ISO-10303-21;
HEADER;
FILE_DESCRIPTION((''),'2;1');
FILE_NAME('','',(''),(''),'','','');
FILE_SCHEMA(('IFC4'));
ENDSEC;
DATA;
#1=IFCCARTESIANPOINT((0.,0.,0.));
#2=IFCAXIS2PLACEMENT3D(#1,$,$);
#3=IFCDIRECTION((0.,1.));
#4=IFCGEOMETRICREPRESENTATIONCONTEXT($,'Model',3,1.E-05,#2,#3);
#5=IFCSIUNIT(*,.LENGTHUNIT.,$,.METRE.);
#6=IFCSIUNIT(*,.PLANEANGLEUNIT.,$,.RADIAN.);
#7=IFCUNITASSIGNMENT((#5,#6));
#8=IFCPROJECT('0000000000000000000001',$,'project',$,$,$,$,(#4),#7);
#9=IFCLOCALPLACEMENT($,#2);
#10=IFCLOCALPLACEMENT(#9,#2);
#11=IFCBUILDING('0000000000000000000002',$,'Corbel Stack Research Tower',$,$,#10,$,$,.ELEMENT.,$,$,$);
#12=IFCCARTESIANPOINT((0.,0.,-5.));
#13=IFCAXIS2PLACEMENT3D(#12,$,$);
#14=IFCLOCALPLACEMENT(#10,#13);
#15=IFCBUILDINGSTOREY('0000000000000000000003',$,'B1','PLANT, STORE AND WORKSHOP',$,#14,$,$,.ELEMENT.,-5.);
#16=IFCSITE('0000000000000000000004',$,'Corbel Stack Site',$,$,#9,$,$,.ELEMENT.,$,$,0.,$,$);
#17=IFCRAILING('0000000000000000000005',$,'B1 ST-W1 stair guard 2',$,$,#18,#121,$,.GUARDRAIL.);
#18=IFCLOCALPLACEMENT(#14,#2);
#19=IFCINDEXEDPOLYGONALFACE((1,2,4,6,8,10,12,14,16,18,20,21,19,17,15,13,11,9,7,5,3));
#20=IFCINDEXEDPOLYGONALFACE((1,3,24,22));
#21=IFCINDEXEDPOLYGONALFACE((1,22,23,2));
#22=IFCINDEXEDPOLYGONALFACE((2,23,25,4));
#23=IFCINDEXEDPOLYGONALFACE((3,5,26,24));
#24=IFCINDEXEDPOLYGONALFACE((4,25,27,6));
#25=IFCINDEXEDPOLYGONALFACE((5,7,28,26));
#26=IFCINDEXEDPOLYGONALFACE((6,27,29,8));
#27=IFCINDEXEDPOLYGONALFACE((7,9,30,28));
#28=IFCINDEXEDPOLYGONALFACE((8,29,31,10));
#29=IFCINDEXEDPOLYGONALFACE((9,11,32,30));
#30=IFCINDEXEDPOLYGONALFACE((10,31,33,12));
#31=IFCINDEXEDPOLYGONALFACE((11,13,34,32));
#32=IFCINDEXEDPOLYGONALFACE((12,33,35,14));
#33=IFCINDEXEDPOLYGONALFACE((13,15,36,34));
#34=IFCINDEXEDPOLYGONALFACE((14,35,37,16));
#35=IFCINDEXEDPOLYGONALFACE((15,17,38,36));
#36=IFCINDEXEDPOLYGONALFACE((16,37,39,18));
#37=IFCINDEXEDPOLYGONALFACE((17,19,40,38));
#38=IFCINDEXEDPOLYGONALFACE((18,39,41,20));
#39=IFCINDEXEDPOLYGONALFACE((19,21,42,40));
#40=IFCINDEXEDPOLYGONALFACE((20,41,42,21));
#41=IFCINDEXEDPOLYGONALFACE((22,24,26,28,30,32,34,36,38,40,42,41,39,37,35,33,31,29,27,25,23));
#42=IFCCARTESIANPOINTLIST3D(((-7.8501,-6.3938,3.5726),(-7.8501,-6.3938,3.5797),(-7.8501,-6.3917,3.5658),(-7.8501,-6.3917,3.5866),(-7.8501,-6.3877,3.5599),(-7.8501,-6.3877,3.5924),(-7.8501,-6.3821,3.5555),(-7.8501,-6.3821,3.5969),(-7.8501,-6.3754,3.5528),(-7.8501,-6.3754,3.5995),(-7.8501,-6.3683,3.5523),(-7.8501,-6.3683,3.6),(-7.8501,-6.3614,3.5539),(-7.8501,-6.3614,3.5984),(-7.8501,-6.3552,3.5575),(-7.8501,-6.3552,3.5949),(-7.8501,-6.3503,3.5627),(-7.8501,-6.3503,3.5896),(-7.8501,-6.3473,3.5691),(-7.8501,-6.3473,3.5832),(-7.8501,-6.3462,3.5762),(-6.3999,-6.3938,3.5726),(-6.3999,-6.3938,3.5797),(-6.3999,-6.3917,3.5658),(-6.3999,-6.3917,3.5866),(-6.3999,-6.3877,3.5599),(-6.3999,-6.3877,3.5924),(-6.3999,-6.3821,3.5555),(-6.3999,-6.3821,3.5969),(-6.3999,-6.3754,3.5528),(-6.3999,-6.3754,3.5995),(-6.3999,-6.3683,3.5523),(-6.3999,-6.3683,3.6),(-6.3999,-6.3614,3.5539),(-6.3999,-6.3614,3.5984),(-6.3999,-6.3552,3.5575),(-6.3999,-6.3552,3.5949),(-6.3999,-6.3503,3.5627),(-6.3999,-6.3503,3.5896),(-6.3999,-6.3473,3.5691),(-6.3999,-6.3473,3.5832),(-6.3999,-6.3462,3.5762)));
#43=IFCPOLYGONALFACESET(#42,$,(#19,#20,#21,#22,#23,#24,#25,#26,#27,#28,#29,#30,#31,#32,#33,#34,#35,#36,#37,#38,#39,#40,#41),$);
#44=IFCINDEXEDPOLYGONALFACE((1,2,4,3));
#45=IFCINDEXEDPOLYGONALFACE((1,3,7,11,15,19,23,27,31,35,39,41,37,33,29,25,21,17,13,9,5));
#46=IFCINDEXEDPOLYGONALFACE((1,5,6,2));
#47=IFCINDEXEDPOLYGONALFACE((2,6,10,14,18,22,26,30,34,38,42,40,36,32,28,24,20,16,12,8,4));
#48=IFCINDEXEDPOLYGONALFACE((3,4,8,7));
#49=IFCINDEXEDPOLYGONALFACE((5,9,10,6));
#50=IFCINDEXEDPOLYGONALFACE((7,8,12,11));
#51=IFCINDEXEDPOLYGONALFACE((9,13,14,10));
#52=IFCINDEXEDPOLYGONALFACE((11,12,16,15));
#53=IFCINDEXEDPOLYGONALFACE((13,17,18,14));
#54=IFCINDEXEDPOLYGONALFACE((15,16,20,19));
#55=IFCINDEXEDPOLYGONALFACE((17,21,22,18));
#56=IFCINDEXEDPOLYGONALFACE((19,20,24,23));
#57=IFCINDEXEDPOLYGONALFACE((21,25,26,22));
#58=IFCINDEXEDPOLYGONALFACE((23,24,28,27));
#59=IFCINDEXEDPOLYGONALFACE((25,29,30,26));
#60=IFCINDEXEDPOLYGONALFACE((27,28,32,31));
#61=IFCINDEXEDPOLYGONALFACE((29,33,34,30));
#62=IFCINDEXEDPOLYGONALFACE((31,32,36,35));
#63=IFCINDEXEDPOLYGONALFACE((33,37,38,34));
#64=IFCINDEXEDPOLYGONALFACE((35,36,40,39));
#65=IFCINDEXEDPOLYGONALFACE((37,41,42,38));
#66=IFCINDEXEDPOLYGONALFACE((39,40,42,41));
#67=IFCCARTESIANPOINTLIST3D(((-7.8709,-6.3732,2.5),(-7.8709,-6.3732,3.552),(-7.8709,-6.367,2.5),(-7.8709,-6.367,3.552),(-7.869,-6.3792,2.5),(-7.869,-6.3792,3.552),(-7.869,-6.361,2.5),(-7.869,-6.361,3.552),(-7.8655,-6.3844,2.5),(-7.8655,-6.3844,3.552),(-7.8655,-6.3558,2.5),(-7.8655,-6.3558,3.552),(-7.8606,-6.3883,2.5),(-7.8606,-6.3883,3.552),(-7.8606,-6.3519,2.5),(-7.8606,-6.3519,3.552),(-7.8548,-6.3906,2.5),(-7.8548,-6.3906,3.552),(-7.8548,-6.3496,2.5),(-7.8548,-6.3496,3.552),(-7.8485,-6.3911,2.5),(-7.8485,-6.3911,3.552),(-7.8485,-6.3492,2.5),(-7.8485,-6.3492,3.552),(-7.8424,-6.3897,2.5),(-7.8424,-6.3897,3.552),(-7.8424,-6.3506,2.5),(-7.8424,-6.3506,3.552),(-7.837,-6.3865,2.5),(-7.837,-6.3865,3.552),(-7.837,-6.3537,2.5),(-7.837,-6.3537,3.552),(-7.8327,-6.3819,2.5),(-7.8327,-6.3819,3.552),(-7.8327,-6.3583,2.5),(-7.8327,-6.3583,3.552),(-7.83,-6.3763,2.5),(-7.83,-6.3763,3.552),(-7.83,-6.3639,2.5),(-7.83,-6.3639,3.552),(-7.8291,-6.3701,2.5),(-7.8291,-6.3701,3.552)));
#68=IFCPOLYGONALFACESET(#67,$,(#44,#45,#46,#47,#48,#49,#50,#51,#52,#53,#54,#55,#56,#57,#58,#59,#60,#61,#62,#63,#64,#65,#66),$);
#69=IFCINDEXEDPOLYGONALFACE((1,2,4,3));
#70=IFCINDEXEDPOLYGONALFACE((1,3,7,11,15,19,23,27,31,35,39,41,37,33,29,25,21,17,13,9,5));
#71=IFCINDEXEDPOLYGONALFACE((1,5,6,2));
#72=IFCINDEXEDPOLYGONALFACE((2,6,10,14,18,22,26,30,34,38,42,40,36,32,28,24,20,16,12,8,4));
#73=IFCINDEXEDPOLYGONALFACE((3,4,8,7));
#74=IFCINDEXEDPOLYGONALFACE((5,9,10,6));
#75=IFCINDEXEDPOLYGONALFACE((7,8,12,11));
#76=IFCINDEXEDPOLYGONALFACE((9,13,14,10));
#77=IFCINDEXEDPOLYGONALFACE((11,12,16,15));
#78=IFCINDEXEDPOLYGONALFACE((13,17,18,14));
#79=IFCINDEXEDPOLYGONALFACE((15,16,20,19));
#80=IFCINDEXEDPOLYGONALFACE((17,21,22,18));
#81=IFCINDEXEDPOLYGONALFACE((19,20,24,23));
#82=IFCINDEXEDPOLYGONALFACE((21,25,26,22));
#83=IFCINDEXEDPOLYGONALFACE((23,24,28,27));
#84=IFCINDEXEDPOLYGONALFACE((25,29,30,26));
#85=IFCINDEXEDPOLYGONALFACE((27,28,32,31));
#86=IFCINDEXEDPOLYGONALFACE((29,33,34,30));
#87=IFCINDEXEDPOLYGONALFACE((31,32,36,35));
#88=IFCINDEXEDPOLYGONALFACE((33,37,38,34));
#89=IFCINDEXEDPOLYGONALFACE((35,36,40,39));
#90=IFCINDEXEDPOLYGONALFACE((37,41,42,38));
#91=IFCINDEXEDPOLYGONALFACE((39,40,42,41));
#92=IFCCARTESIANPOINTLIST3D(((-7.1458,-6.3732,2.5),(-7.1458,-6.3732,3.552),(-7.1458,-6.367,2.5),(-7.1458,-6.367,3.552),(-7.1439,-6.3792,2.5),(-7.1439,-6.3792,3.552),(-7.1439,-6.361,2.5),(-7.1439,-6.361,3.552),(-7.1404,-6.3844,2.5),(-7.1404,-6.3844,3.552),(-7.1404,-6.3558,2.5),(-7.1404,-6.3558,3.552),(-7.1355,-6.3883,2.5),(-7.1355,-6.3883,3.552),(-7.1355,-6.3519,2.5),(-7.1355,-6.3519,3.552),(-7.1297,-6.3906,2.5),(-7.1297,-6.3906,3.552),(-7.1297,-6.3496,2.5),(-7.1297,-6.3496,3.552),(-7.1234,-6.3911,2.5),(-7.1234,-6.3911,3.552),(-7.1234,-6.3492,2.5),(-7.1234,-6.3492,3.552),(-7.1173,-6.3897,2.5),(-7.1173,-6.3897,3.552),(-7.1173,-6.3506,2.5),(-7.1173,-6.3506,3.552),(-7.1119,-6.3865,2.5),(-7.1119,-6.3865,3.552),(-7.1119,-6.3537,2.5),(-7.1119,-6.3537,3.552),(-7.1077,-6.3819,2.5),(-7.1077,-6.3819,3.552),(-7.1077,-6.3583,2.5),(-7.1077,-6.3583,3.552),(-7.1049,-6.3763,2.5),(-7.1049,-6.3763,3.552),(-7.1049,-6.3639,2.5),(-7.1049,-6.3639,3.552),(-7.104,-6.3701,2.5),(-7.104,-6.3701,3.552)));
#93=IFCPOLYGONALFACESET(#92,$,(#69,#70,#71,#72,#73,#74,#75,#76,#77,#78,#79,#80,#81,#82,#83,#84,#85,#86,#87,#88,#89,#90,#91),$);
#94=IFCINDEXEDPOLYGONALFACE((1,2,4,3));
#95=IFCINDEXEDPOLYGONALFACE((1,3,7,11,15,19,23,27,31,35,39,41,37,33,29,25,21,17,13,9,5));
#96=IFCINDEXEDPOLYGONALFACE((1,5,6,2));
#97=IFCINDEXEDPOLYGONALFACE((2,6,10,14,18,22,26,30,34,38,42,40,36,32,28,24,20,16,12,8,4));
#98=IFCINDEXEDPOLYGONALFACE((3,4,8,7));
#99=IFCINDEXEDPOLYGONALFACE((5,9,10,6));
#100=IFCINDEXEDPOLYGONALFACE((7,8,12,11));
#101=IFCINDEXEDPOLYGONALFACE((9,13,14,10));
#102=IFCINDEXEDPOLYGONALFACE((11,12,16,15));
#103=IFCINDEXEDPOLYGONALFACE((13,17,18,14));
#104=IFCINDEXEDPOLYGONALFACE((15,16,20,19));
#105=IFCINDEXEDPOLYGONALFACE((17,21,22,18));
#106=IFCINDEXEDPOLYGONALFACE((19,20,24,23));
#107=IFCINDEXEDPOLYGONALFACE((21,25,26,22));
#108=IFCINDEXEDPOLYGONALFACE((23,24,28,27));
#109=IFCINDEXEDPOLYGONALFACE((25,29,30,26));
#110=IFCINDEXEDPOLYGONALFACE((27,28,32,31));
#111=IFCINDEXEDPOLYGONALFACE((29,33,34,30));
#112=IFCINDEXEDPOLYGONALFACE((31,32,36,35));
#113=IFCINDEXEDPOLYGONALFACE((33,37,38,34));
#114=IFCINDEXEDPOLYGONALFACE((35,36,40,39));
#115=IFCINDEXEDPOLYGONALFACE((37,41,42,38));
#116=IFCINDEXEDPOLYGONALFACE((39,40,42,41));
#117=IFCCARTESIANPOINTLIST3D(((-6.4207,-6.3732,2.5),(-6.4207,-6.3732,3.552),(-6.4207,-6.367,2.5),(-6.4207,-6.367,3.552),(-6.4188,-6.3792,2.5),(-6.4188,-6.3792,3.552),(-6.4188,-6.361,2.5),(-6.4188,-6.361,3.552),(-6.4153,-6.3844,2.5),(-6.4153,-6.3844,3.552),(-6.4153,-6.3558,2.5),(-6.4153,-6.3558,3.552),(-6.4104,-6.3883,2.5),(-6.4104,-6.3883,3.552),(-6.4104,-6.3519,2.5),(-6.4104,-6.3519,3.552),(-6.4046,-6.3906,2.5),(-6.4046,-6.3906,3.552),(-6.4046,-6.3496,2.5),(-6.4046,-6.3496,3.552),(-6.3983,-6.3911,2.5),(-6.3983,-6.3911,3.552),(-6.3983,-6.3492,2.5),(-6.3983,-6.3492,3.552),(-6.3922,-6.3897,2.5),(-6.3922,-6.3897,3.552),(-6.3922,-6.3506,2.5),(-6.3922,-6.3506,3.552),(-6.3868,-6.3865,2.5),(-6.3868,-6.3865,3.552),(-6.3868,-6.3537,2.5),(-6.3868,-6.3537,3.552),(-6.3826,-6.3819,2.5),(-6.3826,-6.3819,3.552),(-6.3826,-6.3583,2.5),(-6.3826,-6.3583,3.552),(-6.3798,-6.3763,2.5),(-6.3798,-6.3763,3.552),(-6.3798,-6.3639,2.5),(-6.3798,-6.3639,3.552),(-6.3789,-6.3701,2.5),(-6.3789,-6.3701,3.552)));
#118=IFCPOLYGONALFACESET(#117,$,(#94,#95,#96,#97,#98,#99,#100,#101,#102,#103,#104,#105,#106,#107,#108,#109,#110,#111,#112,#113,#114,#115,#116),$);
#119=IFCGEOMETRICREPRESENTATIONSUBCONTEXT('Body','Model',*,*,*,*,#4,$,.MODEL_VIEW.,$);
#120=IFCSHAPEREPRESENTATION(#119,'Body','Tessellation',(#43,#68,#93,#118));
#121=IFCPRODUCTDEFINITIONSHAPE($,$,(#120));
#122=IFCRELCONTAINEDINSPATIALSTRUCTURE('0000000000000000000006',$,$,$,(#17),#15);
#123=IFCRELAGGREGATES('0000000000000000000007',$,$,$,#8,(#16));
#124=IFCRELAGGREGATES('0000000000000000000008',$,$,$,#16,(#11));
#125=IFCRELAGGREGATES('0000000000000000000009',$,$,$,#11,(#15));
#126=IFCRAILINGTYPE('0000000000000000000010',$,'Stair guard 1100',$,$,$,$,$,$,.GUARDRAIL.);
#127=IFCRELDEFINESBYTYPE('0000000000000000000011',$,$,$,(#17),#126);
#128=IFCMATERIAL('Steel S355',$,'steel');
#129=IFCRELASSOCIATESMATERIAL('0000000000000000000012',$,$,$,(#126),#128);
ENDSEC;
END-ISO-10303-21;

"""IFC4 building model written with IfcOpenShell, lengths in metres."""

from ifc_helpers import new_model, si_unit, direction, frame, origin, origin_2d, place, context, subcontext, project, spatial, circle, extrude, material, type_object, element, save


model = new_model("IFC4")

# Units and contexts
model_context = context("Model", 3, precision=1e-05, world=origin(), true_north=direction((0.0, 1.0)))
body_context = subcontext(model_context, "Body", "Model", "MODEL_VIEW")
ifc_project = project(units=[si_unit("LENGTHUNIT", "METRE"), si_unit("PLANEANGLEUNIT", "RADIAN")], contexts=[model_context])

# Site, building, storey
site_placement = place(None, origin())
site = spatial("IfcSite", under=ifc_project, at=site_placement, Name="Corbel Stack Site", CompositionType="ELEMENT", RefElevation=0.0)
building_placement = place(site_placement, origin())
building = spatial("IfcBuilding", under=site, at=building_placement, Name="Corbel Stack Research Tower", CompositionType="ELEMENT")
storey_placement = place(building_placement, frame((0.0, 0.0, -5.0)))
storey = spatial("IfcBuildingStorey", under=building, at=storey_placement, Name="B1", Description="PLANT, STORE AND WORKSHOP", CompositionType="ELEMENT", Elevation=-5.0)

# Railing
ifc_material_1 = material(Name="Steel S355", Category="steel")
railing_type_1 = type_object("IfcRailingType", Name="Stair guard 1100", PredefinedType="GUARDRAIL", material=ifc_material_1)
railing_1_placement = place(storey_placement, frame((-7.8501, -6.3701, 2.5)))
element("IfcRailing", 1, at=railing_1_placement, inside=storey, type_object=railing_type_1, Name="B1 ST-W1 stair guard 2", PredefinedType="GUARDRAIL", context=body_context, shape_type="SweptSolid", body=[
    extrude(circle(Radius=0.0239, at=origin_2d()), frame((0.0, 0.0, 1.0762), z_axis=(1.0, 0.0, 0.0), x_axis=(0.0, 1.0, 0.0)), (0.0, 0.0, 1.0), 1.4502),
    extrude(circle(Radius=0.021, at=origin_2d()), origin(), (0.0, 0.0, 1.0), 1.052),
    extrude(circle(Radius=0.021, at=origin_2d()), frame((0.7251, 0.0, 0.0)), (0.0, 0.0, 1.0), 1.052),
    extrude(circle(Radius=0.021, at=origin_2d()), frame((1.4502, 0.0, 0.0)), (0.0, 0.0, 1.0), 1.052),
])

save(model, "model.ifc")
